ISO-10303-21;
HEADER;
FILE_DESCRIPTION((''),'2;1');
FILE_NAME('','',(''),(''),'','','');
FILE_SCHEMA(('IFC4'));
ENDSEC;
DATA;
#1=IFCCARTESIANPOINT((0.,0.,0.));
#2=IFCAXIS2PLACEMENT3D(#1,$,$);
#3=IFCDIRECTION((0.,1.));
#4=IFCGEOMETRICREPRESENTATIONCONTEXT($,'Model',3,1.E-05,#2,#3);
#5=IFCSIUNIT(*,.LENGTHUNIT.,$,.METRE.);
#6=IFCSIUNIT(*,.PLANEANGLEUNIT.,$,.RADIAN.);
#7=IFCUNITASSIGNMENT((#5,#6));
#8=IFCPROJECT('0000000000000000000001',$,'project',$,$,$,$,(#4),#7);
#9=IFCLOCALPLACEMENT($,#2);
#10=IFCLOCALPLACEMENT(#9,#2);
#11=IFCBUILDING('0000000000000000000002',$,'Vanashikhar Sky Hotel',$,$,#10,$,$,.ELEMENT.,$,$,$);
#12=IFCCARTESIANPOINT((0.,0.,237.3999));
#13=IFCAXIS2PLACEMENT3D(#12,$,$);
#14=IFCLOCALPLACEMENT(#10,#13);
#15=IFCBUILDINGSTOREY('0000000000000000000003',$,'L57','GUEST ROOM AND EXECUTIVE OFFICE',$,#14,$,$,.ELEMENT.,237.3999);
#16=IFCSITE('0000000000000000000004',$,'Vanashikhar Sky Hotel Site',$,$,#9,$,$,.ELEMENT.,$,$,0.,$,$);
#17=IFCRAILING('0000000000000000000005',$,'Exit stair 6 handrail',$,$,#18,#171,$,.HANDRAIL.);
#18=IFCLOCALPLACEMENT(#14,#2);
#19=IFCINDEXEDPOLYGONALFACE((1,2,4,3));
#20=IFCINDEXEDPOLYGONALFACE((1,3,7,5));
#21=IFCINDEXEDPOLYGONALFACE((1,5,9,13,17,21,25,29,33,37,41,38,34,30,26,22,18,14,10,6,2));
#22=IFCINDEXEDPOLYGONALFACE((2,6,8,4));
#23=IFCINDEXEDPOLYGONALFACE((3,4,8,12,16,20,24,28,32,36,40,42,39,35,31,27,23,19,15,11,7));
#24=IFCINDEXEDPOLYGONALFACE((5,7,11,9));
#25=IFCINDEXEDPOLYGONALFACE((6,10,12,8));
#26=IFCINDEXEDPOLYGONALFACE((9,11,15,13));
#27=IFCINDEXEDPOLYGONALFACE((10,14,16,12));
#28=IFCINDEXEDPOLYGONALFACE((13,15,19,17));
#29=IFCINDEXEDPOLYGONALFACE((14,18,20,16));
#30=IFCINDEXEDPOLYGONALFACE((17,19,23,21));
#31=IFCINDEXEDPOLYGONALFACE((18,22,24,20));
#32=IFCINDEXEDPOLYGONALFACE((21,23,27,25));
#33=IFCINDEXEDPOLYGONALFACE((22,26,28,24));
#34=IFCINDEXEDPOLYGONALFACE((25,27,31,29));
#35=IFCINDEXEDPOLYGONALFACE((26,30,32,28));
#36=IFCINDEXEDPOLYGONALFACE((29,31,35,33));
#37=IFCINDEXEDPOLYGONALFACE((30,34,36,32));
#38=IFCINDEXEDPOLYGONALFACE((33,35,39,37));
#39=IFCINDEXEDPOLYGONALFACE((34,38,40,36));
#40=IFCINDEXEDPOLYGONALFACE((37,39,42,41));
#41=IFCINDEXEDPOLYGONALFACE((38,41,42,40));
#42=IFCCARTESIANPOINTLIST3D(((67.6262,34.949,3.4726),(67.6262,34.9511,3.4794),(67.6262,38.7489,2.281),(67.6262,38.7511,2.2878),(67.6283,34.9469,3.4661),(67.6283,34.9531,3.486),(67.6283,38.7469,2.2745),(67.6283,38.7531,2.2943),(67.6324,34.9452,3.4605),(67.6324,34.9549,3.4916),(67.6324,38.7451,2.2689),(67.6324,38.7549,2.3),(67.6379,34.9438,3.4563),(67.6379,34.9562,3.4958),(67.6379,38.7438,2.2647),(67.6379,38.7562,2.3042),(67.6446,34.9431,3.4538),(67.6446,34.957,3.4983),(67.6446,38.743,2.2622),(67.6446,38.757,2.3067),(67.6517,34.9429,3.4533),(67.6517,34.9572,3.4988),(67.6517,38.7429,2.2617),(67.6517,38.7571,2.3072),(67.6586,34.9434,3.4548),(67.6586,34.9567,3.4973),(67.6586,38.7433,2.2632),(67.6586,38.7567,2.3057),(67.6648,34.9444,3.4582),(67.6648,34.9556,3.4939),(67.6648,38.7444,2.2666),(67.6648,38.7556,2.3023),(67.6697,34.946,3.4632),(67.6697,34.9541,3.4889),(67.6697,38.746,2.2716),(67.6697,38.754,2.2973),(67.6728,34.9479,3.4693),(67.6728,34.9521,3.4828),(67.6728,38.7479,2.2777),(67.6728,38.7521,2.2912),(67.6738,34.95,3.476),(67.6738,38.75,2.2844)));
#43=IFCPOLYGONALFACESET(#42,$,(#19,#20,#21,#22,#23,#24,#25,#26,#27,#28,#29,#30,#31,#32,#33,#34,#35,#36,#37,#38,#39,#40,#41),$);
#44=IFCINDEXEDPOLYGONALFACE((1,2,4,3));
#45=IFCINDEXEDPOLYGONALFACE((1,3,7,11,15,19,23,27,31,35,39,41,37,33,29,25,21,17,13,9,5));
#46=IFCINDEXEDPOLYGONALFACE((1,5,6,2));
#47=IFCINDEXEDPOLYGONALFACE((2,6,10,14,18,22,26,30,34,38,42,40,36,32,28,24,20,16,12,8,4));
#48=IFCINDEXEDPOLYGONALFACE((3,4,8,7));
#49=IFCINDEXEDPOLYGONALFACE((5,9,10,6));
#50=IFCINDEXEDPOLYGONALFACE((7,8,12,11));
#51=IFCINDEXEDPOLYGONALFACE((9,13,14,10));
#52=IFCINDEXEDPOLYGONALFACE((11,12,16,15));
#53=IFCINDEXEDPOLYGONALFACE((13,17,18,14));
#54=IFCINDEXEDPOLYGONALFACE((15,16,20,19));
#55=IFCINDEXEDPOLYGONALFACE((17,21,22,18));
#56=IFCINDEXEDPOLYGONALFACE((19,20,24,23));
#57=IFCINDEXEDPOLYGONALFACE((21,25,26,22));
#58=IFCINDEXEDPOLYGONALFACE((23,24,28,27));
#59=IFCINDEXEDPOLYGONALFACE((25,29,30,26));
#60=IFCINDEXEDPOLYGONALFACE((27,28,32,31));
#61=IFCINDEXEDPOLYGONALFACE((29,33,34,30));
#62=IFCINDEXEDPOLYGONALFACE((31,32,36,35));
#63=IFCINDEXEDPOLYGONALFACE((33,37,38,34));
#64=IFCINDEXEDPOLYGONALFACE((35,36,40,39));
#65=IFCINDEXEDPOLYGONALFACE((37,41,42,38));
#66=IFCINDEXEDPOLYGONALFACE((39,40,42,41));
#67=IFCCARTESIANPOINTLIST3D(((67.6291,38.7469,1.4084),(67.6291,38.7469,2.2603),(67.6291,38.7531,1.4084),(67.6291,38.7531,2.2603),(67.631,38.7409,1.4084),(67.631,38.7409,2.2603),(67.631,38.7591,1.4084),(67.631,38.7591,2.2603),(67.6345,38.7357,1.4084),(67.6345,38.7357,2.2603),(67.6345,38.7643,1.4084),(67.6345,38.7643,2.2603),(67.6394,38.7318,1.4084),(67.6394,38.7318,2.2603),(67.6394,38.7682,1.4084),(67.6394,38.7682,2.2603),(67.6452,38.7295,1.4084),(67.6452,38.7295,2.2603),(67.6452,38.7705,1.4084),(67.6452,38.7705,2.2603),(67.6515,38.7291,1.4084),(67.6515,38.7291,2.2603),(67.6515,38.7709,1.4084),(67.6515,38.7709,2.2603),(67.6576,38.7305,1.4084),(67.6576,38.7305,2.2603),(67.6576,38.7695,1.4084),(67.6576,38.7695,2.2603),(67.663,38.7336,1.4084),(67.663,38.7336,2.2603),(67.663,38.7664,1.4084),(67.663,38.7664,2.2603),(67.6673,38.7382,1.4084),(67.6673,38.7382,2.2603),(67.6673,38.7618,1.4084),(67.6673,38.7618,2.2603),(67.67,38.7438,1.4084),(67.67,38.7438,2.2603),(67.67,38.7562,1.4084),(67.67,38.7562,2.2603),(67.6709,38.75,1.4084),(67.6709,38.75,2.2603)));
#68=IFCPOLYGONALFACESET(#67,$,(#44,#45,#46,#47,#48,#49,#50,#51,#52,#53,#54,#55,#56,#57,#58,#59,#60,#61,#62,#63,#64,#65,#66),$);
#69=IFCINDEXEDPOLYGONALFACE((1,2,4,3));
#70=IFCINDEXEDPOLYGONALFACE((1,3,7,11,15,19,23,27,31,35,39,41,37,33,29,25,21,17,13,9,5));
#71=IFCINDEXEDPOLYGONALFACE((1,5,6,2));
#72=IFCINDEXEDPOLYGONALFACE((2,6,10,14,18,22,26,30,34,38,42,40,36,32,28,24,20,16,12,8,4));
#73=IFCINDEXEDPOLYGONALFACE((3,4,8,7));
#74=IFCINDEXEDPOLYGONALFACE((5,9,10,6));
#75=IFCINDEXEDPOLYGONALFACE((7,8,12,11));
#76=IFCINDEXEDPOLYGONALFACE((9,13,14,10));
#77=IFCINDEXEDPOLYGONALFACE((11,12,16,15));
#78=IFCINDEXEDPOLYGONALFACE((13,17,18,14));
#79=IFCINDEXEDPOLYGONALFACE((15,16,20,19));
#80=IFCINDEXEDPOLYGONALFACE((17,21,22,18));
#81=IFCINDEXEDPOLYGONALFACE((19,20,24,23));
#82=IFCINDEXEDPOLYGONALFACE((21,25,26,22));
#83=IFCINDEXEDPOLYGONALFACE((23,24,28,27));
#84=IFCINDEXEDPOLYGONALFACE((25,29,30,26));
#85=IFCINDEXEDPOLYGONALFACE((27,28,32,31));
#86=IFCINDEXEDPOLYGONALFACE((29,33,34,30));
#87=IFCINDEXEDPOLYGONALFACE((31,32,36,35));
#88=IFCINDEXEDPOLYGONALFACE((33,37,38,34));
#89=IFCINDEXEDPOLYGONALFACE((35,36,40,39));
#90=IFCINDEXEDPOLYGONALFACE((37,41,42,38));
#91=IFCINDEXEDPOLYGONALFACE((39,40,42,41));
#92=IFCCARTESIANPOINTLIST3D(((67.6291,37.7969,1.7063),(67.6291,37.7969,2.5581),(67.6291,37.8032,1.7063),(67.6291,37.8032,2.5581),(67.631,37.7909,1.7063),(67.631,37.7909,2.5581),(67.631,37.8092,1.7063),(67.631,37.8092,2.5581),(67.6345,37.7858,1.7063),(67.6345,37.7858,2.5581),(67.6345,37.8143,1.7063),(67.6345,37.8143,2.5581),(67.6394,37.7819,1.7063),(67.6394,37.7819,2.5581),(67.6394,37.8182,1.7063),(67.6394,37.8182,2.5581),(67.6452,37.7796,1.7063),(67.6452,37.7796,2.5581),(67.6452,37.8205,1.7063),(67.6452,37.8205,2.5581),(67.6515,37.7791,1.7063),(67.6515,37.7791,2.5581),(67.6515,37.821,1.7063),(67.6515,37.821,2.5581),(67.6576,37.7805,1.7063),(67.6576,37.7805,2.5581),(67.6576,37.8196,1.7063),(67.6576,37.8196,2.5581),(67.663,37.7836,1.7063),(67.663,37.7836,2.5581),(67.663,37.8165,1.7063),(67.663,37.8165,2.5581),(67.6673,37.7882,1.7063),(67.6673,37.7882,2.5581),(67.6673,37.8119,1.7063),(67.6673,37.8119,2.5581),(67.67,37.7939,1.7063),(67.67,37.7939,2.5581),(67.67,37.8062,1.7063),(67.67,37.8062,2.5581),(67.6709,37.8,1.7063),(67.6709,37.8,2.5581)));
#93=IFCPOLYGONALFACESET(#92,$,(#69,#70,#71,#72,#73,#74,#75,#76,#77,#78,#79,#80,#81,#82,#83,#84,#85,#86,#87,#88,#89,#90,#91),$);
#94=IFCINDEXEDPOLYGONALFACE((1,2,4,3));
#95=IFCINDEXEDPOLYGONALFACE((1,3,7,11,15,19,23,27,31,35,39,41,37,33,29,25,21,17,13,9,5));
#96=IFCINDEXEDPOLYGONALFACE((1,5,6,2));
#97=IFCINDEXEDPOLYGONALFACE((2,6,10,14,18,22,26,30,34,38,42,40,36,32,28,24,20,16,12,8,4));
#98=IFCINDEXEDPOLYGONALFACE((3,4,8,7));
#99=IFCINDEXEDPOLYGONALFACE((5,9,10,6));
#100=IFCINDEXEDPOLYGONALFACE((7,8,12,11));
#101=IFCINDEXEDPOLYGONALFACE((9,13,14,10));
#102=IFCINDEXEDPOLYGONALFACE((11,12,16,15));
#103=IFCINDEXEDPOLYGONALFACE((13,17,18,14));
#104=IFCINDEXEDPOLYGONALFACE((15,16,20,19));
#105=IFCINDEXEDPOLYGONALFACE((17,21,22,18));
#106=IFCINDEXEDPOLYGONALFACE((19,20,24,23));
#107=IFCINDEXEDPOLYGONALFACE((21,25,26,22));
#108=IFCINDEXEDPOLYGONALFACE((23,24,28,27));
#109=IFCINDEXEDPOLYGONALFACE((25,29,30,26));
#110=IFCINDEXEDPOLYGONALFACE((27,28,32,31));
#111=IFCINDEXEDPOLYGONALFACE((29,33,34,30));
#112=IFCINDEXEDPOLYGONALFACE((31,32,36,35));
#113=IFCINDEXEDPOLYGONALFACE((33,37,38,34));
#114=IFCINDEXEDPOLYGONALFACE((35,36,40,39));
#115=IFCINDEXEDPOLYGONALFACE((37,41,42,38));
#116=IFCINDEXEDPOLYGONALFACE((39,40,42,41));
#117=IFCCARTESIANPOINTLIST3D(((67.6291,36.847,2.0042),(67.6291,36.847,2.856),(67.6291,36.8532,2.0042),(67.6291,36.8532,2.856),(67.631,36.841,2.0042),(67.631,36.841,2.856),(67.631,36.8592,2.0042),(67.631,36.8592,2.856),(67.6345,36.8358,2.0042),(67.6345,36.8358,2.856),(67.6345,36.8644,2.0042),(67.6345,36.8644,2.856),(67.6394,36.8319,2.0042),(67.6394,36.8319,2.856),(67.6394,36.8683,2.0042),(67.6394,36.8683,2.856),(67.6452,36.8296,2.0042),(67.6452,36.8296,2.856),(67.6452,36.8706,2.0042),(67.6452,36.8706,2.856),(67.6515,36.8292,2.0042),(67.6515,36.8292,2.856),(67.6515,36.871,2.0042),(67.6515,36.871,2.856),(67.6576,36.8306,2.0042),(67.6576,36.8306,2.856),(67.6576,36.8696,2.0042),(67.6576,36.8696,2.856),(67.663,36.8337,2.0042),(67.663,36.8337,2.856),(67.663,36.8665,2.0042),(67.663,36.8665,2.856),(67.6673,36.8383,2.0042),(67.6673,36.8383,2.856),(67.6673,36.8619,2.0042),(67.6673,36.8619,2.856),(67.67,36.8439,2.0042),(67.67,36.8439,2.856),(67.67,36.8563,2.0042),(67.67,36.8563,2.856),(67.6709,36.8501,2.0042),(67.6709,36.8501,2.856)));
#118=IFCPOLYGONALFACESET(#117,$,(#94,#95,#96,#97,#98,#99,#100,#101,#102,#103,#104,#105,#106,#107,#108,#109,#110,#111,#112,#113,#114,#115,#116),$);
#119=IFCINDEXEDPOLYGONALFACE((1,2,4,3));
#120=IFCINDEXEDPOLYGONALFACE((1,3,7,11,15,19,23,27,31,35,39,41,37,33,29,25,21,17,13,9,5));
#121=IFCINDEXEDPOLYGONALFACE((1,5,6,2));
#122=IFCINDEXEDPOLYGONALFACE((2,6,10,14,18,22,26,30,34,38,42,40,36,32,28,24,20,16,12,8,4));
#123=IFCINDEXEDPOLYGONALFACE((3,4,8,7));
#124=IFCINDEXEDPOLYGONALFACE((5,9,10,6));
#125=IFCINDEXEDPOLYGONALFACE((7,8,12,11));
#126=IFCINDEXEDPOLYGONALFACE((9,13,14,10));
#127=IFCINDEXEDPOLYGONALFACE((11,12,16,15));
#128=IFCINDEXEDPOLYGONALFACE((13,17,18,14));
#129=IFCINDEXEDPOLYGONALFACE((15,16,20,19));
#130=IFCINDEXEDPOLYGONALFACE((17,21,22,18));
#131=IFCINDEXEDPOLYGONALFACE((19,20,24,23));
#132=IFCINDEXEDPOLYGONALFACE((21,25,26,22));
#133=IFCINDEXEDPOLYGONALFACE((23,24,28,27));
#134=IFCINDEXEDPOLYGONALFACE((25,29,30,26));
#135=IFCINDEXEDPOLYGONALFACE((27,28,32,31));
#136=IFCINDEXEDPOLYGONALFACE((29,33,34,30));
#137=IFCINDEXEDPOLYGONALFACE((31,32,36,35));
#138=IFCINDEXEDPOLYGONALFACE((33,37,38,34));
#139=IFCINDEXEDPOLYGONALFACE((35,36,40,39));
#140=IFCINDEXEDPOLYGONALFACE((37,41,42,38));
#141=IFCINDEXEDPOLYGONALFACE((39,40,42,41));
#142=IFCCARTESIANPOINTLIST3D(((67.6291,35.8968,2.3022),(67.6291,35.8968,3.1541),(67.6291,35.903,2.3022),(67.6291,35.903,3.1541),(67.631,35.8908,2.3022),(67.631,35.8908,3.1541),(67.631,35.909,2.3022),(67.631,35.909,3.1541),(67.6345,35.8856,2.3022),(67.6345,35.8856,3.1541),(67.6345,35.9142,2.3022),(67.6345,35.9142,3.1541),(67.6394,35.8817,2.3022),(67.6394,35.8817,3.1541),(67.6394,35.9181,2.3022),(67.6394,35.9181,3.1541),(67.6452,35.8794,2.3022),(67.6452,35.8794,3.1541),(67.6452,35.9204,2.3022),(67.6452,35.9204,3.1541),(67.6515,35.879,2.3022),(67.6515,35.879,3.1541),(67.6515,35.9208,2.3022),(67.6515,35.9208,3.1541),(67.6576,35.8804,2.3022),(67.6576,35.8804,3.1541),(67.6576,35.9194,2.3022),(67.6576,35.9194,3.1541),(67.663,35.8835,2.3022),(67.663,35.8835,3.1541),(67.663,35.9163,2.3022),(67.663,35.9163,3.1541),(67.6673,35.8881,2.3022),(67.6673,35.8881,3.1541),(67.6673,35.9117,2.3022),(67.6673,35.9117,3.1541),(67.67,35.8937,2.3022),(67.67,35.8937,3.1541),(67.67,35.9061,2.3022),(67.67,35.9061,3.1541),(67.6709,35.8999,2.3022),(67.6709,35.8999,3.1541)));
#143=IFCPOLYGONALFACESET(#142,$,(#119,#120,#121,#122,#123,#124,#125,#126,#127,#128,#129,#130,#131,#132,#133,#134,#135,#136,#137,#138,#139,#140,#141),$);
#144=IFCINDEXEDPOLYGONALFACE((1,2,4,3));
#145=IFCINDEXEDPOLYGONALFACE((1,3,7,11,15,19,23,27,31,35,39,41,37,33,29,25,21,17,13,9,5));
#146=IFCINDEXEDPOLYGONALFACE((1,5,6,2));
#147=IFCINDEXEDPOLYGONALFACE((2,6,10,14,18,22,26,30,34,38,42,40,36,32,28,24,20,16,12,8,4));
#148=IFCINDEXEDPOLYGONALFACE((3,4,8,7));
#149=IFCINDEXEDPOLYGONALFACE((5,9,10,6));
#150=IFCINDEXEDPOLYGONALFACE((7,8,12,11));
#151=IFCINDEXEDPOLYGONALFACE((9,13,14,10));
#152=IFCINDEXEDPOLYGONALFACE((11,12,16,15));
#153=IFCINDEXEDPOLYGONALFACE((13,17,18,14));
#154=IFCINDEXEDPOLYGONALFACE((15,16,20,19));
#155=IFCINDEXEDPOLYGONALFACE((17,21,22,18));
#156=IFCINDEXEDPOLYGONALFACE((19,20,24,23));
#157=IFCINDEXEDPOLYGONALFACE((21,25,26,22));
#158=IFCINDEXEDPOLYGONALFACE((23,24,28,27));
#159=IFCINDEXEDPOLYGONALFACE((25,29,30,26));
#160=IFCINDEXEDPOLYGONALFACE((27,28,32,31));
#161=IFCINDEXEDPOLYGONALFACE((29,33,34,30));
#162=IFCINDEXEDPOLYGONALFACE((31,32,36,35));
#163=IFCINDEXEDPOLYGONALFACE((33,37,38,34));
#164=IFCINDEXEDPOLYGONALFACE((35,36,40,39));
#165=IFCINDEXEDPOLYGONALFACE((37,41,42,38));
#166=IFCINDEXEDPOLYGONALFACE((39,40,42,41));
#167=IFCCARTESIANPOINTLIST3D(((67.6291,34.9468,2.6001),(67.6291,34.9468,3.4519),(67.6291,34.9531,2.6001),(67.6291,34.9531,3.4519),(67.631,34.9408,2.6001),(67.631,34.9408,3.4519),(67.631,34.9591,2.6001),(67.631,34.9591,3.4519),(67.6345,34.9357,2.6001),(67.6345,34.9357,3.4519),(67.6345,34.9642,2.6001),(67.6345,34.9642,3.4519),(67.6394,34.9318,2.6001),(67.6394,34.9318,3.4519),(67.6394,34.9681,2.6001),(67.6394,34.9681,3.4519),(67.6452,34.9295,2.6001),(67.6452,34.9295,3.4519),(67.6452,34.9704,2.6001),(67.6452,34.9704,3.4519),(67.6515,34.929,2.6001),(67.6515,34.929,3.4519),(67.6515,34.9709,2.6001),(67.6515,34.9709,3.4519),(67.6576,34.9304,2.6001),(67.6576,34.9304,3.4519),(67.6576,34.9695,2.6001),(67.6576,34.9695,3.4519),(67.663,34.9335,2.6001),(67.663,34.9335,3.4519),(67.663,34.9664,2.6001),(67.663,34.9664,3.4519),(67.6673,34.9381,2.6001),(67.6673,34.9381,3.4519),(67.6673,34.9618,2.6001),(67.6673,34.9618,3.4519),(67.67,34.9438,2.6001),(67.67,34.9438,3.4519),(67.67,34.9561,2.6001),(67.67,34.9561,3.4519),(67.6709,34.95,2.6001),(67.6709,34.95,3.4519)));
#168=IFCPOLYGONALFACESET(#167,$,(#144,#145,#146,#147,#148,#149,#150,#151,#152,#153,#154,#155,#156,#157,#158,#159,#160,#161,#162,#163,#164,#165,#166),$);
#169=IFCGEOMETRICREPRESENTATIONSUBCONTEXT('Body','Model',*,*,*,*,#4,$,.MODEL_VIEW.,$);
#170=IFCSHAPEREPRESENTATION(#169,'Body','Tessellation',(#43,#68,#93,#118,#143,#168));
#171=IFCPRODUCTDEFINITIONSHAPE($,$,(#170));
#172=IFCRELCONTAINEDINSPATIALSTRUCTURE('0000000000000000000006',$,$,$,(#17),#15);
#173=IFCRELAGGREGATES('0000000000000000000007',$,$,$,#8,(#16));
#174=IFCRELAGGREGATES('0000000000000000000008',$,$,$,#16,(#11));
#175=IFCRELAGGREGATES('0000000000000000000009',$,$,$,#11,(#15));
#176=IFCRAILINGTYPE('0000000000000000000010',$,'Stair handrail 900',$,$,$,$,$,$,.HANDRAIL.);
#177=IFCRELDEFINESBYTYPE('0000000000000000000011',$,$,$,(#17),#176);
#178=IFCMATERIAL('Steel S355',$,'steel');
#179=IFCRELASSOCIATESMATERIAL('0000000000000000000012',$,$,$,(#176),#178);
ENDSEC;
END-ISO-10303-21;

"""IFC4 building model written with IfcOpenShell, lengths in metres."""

from ifc_helpers import new_model, si_unit, direction, frame, origin, origin_2d, place, context, subcontext, project, spatial, circle, extrude, source, transform, mapped, material, type_object, element, save


model = new_model("IFC4")

# Units and contexts
model_context = context("Model", 3, precision=1e-05, world=origin(), true_north=direction((0.0, 1.0)))
body_context = subcontext(model_context, "Body", "Model", "MODEL_VIEW")
ifc_project = project(units=[si_unit("LENGTHUNIT", "METRE"), si_unit("PLANEANGLEUNIT", "RADIAN")], contexts=[model_context])

# Site, building, storey
site_placement = place(None, origin())
site = spatial("IfcSite", under=ifc_project, at=site_placement, Name="Vanashikhar Sky Hotel Site", CompositionType="ELEMENT", RefElevation=0.0)
building_placement = place(site_placement, origin())
building = spatial("IfcBuilding", under=site, at=building_placement, Name="Vanashikhar Sky Hotel", CompositionType="ELEMENT")
storey_placement = place(building_placement, frame((0.0, 0.0, 237.3999)))
storey = spatial("IfcBuildingStorey", under=building, at=storey_placement, Name="L57", Description="GUEST ROOM AND EXECUTIVE OFFICE", CompositionType="ELEMENT", Elevation=237.3999)

# Railing
ifc_material_1 = material(Name="Steel S355", Category="steel")
railing_type_1 = type_object("IfcRailingType", Name="Stair handrail 900", PredefinedType="HANDRAIL", material=ifc_material_1)
shared_shape_1 = source(origin(), body_context, "Body", "SweptSolid", [
    extrude(circle(Radius=0.0239, at=origin_2d()), frame((0.0, 0.0, 0.876), z_axis=(0.0, -0.954184, 0.299221), x_axis=(1.0, 0.0, 0.0)), (0.0, 0.0, 1.0), 3.9824),
    extrude(circle(Radius=0.021, at=origin_2d()), origin(), (0.0, 0.0, 1.0), 0.8518),
    extrude(circle(Radius=0.021, at=origin_2d()), frame((0.0, -0.95, 0.2979)), (0.0, 0.0, 1.0), 0.8518),
    extrude(circle(Radius=0.021, at=origin_2d()), frame((0.0, -1.8999, 0.5957)), (0.0, 0.0, 1.0), 0.8518),
    extrude(circle(Radius=0.021, at=origin_2d()), frame((0.0, -2.8501, 0.8938)), (0.0, 0.0, 1.0), 0.8518),
    extrude(circle(Radius=0.021, at=origin_2d()), frame((0.0, -3.8, 1.1917)), (0.0, 0.0, 1.0), 0.8518),
])
railing_1_placement = place(storey_placement, frame((67.6499, 38.75, 1.4084)))
element("IfcRailing", 1, at=railing_1_placement, inside=storey, type_object=railing_type_1, Name="Exit stair 6 handrail", PredefinedType="HANDRAIL", context=body_context, shape_type="MappedRepresentation", body=[
    mapped(shared_shape_1, transform((0.0, 0.0, 0.0), scale=1.0)),
])

save(model, "model.ifc")
